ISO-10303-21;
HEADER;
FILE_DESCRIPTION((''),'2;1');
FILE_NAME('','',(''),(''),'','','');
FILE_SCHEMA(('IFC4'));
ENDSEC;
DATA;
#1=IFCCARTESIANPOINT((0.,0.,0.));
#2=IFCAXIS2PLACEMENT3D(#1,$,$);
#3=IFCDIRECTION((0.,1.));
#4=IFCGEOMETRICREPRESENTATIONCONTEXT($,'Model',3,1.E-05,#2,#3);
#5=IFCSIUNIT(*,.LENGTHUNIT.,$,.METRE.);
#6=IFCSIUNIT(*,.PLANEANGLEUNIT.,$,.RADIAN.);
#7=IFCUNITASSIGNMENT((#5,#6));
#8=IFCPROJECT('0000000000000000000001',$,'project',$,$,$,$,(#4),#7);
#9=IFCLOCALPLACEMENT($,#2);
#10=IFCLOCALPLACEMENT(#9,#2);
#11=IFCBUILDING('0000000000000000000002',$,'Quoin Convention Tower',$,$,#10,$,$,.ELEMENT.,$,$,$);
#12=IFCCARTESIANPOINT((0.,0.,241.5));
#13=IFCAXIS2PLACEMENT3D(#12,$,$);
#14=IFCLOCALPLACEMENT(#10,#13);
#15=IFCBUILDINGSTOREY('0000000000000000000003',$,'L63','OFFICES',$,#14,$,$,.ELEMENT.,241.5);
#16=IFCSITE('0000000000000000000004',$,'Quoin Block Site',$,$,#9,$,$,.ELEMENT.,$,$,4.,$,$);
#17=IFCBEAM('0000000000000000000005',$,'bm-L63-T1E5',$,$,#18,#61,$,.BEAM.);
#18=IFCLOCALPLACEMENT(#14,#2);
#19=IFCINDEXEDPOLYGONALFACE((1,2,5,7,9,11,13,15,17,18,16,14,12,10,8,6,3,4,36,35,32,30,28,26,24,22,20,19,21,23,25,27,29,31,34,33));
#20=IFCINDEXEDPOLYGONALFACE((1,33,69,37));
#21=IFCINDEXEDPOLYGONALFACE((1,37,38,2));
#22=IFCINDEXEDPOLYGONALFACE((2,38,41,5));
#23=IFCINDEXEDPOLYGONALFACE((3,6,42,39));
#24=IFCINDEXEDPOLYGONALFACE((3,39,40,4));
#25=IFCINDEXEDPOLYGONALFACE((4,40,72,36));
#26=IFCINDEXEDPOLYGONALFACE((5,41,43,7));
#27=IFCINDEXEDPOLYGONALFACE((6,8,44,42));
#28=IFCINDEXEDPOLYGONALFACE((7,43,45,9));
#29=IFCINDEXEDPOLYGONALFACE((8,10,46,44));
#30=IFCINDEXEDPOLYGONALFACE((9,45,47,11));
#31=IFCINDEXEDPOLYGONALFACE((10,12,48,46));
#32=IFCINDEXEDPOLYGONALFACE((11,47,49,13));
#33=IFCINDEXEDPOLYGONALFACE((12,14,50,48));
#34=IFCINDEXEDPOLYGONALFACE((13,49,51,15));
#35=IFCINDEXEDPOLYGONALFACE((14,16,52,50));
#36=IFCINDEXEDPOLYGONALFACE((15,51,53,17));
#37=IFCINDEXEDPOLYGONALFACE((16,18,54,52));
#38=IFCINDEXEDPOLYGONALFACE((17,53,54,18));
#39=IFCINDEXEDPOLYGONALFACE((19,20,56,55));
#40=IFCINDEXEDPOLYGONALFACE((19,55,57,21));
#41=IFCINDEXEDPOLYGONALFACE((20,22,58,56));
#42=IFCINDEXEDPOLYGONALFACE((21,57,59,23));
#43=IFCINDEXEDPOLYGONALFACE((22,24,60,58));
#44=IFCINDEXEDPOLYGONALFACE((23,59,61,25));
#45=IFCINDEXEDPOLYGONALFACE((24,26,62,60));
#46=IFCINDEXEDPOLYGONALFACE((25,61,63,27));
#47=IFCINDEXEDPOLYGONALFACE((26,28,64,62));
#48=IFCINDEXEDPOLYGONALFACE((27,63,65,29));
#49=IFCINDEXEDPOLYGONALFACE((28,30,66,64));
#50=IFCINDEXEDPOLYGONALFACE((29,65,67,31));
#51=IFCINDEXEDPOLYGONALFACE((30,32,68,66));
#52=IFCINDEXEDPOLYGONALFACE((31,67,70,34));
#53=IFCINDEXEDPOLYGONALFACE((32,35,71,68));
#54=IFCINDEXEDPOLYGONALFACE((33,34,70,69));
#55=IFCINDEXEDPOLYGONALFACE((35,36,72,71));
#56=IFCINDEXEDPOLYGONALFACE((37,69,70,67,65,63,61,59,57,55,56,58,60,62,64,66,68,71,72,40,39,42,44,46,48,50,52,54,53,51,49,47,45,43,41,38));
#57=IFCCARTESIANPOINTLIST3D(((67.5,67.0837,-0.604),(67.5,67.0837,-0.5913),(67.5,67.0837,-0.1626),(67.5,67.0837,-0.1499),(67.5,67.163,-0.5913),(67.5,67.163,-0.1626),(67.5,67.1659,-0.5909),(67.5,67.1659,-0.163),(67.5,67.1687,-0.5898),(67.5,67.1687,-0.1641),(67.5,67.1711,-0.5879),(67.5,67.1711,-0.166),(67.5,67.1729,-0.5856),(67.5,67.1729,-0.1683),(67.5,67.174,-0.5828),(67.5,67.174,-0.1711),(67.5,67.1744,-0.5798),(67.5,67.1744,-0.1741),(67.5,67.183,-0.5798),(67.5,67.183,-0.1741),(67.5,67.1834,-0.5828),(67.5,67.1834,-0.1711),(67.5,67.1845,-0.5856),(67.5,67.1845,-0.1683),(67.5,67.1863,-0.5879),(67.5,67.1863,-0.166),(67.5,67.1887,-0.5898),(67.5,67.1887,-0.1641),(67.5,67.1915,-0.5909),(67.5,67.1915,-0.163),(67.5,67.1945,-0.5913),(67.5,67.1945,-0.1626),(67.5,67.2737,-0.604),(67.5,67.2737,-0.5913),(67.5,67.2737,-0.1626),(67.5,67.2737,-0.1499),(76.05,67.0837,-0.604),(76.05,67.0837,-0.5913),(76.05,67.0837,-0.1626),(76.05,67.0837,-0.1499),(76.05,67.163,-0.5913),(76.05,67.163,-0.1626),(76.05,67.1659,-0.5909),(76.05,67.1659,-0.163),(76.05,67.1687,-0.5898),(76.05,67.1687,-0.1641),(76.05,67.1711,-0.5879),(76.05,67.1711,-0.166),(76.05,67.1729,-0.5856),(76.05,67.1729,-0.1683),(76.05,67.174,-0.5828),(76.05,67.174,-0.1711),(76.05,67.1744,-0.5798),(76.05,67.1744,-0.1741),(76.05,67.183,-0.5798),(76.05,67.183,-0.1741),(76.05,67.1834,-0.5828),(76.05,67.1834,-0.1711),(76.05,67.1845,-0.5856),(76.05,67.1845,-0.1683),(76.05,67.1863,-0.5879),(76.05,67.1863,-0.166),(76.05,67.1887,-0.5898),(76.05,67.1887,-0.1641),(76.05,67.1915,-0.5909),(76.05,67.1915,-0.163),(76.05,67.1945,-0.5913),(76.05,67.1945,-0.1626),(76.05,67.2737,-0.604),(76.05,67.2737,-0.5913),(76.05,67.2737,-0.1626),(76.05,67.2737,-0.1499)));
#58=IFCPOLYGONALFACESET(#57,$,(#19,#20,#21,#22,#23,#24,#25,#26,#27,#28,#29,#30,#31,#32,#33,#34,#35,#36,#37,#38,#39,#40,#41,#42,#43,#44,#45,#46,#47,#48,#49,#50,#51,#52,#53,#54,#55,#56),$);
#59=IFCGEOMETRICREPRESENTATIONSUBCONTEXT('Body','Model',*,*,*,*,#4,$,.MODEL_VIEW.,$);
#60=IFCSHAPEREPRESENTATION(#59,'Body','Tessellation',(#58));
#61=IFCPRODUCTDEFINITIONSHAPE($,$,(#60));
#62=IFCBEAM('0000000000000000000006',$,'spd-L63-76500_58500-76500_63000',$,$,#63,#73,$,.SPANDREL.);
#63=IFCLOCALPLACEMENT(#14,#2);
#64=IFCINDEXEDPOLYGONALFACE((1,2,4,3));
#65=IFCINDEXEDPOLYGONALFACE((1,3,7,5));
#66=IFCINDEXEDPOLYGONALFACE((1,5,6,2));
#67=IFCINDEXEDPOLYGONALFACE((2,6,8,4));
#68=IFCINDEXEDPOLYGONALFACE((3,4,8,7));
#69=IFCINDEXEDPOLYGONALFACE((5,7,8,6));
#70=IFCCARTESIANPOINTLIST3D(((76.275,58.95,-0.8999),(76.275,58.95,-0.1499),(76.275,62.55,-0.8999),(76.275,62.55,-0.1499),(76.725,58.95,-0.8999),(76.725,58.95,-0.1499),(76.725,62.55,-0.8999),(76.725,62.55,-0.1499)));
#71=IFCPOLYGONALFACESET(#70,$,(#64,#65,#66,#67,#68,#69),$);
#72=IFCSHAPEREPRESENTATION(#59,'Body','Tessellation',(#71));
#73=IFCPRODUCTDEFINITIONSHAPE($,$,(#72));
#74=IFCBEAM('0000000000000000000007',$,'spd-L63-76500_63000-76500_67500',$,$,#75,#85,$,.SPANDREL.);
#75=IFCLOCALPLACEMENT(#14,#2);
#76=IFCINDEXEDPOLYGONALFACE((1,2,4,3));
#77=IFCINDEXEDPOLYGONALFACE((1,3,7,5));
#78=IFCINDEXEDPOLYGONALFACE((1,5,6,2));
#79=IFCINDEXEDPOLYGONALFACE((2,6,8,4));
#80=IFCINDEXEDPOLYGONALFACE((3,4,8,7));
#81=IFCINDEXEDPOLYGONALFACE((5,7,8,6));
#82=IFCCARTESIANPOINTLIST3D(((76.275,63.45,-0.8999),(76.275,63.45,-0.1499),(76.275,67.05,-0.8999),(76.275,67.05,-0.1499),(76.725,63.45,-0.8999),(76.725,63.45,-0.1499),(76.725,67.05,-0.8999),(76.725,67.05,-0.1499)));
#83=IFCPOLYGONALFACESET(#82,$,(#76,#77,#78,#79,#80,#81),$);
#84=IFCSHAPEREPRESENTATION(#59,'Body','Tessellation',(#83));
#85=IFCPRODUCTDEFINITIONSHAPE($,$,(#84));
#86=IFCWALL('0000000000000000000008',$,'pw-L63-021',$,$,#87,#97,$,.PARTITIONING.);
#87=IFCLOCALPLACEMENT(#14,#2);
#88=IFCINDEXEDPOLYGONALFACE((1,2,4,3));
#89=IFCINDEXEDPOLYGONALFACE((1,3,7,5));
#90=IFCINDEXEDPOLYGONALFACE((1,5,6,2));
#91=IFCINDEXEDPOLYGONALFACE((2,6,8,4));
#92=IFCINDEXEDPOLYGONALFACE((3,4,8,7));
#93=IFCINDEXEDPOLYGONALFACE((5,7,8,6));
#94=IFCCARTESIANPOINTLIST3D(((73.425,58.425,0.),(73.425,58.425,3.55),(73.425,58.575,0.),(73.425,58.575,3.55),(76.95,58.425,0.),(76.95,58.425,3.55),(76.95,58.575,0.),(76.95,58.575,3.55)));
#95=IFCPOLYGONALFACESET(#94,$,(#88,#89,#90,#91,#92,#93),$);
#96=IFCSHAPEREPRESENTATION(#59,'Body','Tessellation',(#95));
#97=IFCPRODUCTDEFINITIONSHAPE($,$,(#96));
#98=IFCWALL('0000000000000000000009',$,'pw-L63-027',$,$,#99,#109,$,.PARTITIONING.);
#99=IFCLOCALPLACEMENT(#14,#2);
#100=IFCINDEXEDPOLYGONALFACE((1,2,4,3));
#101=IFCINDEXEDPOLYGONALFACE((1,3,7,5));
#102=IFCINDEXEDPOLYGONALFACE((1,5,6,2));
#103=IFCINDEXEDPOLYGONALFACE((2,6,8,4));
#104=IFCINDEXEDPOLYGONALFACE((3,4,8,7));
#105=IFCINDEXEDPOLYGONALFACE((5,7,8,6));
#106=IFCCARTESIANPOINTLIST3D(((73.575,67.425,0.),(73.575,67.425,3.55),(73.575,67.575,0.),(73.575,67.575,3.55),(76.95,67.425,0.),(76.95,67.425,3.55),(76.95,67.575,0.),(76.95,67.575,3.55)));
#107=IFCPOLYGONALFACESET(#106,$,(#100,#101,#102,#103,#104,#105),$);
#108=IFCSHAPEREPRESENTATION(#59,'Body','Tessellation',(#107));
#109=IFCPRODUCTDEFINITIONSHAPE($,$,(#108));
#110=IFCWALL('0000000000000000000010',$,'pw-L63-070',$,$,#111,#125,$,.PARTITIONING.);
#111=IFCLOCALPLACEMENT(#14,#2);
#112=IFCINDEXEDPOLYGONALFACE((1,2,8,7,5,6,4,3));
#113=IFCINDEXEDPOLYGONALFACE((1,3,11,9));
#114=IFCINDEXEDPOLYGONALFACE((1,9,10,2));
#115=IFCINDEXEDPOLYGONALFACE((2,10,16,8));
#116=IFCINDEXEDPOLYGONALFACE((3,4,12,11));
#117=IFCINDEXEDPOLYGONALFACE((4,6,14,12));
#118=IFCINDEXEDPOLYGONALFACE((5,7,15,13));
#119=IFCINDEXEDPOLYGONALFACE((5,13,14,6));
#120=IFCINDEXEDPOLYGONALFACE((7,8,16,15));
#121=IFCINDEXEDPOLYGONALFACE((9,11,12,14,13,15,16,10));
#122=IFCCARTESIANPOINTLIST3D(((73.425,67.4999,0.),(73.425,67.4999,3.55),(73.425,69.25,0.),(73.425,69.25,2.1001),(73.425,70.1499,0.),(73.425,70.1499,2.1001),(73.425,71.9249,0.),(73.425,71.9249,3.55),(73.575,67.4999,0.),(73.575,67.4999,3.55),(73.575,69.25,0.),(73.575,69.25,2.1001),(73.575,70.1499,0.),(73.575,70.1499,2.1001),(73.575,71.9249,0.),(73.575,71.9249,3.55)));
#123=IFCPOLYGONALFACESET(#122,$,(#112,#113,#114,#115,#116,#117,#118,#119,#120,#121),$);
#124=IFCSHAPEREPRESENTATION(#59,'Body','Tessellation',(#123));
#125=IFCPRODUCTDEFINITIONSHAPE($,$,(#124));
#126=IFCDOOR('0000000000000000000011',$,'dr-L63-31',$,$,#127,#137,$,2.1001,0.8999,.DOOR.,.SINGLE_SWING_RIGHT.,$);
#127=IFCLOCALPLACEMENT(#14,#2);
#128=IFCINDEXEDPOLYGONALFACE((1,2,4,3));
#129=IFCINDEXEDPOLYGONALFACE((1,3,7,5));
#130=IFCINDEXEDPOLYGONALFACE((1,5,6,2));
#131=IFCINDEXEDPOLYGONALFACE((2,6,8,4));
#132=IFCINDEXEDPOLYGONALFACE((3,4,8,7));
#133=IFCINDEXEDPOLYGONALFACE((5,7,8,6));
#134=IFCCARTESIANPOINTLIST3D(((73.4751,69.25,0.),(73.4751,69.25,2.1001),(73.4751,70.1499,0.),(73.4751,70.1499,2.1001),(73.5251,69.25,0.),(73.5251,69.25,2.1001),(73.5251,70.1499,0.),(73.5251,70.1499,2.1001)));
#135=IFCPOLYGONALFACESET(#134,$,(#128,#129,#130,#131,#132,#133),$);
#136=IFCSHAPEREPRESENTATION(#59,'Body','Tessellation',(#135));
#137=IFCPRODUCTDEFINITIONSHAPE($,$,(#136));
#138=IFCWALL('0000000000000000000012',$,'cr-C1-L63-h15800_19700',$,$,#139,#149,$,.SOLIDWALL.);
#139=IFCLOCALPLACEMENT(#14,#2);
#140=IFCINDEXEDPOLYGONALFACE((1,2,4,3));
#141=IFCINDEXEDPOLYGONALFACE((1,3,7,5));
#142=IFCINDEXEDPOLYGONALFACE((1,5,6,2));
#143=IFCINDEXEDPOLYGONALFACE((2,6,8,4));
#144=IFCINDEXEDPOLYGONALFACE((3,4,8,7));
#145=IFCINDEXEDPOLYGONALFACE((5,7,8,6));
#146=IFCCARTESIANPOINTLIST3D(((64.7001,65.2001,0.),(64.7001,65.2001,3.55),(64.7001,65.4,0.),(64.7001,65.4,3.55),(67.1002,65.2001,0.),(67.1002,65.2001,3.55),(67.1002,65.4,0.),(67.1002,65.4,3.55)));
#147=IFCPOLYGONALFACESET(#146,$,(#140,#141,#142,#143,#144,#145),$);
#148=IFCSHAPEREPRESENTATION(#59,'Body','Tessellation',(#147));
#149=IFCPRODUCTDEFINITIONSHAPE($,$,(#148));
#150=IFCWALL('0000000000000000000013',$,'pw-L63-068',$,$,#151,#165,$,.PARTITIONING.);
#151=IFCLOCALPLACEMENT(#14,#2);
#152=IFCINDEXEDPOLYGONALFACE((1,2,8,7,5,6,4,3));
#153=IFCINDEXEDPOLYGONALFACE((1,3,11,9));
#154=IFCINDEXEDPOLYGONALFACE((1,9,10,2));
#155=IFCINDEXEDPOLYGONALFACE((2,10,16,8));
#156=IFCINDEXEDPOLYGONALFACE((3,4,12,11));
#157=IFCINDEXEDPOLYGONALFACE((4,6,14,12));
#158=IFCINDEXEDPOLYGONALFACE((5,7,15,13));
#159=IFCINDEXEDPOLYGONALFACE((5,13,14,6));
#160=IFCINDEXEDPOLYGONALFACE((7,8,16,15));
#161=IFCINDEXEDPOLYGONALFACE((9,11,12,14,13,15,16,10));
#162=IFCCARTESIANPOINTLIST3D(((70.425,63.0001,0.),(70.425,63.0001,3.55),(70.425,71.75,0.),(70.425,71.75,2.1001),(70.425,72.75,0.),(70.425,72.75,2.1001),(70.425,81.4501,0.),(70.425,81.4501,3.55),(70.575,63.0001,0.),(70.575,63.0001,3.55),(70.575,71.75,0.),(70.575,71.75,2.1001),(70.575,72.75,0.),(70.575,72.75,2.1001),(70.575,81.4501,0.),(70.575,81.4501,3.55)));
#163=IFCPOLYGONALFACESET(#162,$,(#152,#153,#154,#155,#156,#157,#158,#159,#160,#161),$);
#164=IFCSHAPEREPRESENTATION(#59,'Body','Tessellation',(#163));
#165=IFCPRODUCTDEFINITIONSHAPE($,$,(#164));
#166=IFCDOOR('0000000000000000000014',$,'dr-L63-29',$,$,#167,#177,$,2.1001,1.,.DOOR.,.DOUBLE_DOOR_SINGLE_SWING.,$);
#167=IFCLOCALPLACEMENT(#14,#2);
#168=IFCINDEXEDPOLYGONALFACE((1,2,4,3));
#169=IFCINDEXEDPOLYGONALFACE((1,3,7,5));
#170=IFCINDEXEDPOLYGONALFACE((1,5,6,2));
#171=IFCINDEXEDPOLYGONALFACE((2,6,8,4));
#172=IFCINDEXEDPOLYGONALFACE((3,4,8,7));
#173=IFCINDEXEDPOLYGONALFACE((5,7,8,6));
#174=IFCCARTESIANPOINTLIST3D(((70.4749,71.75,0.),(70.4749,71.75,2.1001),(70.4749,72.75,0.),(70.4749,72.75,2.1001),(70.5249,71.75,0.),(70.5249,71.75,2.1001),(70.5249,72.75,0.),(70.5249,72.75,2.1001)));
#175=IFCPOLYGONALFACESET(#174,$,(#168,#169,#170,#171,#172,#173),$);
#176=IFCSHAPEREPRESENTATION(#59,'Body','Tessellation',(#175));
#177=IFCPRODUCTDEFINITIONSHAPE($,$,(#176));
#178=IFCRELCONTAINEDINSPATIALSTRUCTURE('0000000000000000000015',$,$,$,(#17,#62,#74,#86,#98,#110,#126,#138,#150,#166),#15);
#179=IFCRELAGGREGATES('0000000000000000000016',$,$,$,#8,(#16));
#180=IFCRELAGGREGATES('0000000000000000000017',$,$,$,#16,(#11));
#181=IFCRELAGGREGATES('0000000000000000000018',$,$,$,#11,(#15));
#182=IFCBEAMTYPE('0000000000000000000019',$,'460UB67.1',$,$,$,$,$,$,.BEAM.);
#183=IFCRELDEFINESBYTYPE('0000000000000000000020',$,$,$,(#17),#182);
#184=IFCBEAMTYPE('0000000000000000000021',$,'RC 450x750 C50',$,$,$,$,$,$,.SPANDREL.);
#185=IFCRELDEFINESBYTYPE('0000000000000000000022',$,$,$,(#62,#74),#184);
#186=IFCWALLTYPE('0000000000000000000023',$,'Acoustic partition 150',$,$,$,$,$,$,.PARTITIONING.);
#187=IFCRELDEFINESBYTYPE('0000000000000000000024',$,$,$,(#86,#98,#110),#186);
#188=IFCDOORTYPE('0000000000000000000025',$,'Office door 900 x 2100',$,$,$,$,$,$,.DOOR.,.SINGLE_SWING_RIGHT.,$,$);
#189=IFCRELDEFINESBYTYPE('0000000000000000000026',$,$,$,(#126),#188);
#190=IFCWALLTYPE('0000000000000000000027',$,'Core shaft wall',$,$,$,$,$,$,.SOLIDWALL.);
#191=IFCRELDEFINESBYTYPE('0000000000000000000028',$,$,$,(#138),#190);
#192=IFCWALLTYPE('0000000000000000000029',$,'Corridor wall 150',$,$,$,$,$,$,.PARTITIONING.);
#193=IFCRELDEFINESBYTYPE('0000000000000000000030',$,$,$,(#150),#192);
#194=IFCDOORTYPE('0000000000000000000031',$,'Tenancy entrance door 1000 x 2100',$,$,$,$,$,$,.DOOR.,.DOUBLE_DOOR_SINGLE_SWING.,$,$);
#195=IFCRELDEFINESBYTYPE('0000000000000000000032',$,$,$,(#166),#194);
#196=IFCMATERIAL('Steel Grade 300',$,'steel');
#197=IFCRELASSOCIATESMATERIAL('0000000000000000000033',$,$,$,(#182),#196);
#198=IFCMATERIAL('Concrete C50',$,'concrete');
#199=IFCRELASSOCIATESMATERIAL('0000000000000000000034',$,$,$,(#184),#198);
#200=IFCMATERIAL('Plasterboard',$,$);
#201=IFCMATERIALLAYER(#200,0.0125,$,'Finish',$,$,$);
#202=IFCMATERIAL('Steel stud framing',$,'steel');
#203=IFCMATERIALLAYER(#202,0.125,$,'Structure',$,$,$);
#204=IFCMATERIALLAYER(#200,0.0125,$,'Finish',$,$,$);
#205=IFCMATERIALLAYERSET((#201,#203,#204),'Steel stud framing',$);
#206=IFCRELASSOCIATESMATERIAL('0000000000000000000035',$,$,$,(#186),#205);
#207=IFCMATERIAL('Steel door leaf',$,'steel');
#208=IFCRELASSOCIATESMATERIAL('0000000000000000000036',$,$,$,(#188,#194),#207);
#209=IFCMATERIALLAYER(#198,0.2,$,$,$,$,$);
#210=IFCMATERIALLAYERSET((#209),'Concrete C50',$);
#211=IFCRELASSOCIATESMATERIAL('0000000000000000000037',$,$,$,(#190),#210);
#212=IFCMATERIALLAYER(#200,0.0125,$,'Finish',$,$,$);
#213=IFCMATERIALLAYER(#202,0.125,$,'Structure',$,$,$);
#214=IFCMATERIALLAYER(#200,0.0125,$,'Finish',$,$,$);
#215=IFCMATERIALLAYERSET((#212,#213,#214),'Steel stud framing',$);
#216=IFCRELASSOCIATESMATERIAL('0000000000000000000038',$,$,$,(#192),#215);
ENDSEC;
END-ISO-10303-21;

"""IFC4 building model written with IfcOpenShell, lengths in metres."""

from ifc_helpers import new_model, si_unit, direction, frame, frame_2d, origin, origin_2d, place, context, subcontext, project, spatial, rectangle, i_section, extrude, material, layer, layer_set, material_profile, profile_set, type_object, element, fill, save


model = new_model("IFC4")

# Units and contexts
model_context = context("Model", 3, precision=1e-05, world=origin(), true_north=direction((0.0, 1.0)))
body_context = subcontext(model_context, "Body", "Model", "MODEL_VIEW")
ifc_project = project(units=[si_unit("LENGTHUNIT", "METRE"), si_unit("PLANEANGLEUNIT", "RADIAN")], contexts=[model_context])

# Site, building, storey
site_placement = place(None, origin())
site = spatial("IfcSite", under=ifc_project, at=site_placement, Name="Quoin Block Site", CompositionType="ELEMENT", RefElevation=4.0)
building_placement = place(site_placement, origin())
building = spatial("IfcBuilding", under=site, at=building_placement, Name="Quoin Convention Tower", CompositionType="ELEMENT")
storey_placement = place(building_placement, frame((0.0, 0.0, 241.5)))
storey = spatial("IfcBuildingStorey", under=building, at=storey_placement, Name="L63", Description="OFFICES", CompositionType="ELEMENT", Elevation=241.5)

# Shared definitions
ifc_material_1 = material(Name="Concrete C50", Category="concrete")

# Beams
ifc_material_2 = material(Name="Steel Grade 300", Category="steel")
ifc_material_profile_1 = material_profile(ifc_material_2, i_section(OverallWidth=0.1899, OverallDepth=0.4541, WebThickness=0.0085, FlangeThickness=0.0127, FilletRadius=0.0115, at=origin_2d()), Name="460UB67.1")
ifc_profile_set_1 = profile_set([ifc_material_profile_1], Name="Steel Grade 300")
beam_type_1 = type_object("IfcBeamType", Name="460UB67.1", PredefinedType="BEAM", material=ifc_profile_set_1)
beam_placement = place(storey_placement, frame((67.5, 67.1787, -0.377), z_axis=(1.0, 0.0, 0.0), x_axis=(0.0, 1.0, 0.0)))
element("IfcBeam", 1, at=beam_placement, inside=storey, type_object=beam_type_1, Name="bm-L63-T1E5", PredefinedType="BEAM", context=body_context, shape_type="SweptSolid", body=[
    extrude(i_section(OverallWidth=0.1899, OverallDepth=0.4541, WebThickness=0.0085, FlangeThickness=0.0127, FilletRadius=0.0115, at=origin_2d()), origin(), (0.0, 0.0, 1.0), 8.55),
])
ifc_material_profile_2 = material_profile(ifc_material_1, rectangle(XDim=0.45, YDim=0.75, at=origin_2d()), Name="RC 450x750")
ifc_profile_set_2 = profile_set([ifc_material_profile_2], Name="Concrete C50")
beam_type_2 = type_object("IfcBeamType", Name="RC 450x750 C50", PredefinedType="SPANDREL", material=ifc_profile_set_2)
for number, where, z_axis, x_axis, name in (
    (2, (76.5, 58.95, -0.5249), (0.0, 1.0, 0.0), (-1.0, 0.0, 0.0), "spd-L63-76500_58500-76500_63000"),
    (3, (76.5, 63.45, -0.5249), (0.0, 1.0, 0.0), (-1.0, 0.0, 0.0), "spd-L63-76500_63000-76500_67500"),
):
    element("IfcBeam", number, at=place(storey_placement, frame(where, z_axis=z_axis, x_axis=x_axis)), inside=storey, type_object=beam_type_2, Name=name, PredefinedType="SPANDREL", context=body_context, shape_type="SweptSolid", body=[
        extrude(rectangle(XDim=0.45, YDim=0.75, at=origin_2d()), origin(), (0.0, 0.0, 1.0), 3.6001),
    ])

# Walls
ifc_material_3 = material(Name="Plasterboard")
ifc_layer_1 = layer(ifc_material_3, 0.0125, Name="Finish")
ifc_material_4 = material(Name="Steel stud framing", Category="steel")
ifc_layer_2 = layer(ifc_material_4, 0.125, Name="Structure")
ifc_layer_3 = layer(ifc_material_3, 0.0125, Name="Finish")
ifc_layer_set_1 = layer_set([ifc_layer_1, ifc_layer_2, ifc_layer_3], Name="Steel stud framing")
wall_type_1 = type_object("IfcWallType", Name="Acoustic partition 150", PredefinedType="PARTITIONING", material=ifc_layer_set_1)
wall_1_placement = place(storey_placement, frame((73.425, 58.5, 0.0), z_axis=(0.0, 0.0, 1.0), x_axis=(1.0, 0.0, 0.0)))
element("IfcWall", 4, at=wall_1_placement, inside=storey, type_object=wall_type_1, Name="pw-L63-021", PredefinedType="PARTITIONING", context=body_context, shape_type="SweptSolid", body=[
    extrude(rectangle(XDim=3.5249, YDim=0.1499, at=frame_2d((1.7625, 0.0))), origin(), (0.0, 0.0, 1.0), 3.55),
])
wall_2_placement = place(storey_placement, frame((73.575, 67.5, 0.0), z_axis=(0.0, 0.0, 1.0), x_axis=(1.0, 0.0, 0.0)))
element("IfcWall", 5, at=wall_2_placement, inside=storey, type_object=wall_type_1, Name="pw-L63-027", PredefinedType="PARTITIONING", context=body_context, shape_type="SweptSolid", body=[
    extrude(rectangle(XDim=3.375, YDim=0.1499, at=frame_2d((1.6875, 0.0))), origin(), (0.0, 0.0, 1.0), 3.55),
])

# Wall, opening, door
wall_3_placement = place(storey_placement, frame((73.5, 67.5, 0.0), z_axis=(0.0, 0.0, 1.0), x_axis=(0.0, 1.0, 0.0)))
wall_3 = element("IfcWall", 6, at=wall_3_placement, inside=storey, type_object=wall_type_1, Name="pw-L63-070", PredefinedType="PARTITIONING", context=body_context, shape_type="SweptSolid", body=[
    extrude(rectangle(XDim=4.425, YDim=0.1499, at=frame_2d((2.2124, 0.0))), origin(), (0.0, 0.0, 1.0), 3.55),
])
opening_1_placement = place(wall_3_placement, frame((1.75, 0.0, 0.0)))
opening_1 = element("IfcOpeningElement", 7, at=opening_1_placement, cuts=wall_3, PredefinedType="OPENING", context=body_context, shape_type="SweptSolid", body=[
    extrude(rectangle(XDim=0.8999, YDim=2.1001, at=frame_2d((0.45, 1.05))), frame((0.0, 0.085, 0.0), z_axis=(0.0, -1.0, 0.0), x_axis=(1.0, 0.0, 0.0)), (0.0, 0.0, 1.0), 0.1699),
])
ifc_material_5 = material(Name="Steel door leaf", Category="steel")
door_type_1 = type_object("IfcDoorType", Name="Office door 900 x 2100", OperationType="SINGLE_SWING_RIGHT", PredefinedType="DOOR", material=ifc_material_5)
door_1_placement = place(opening_1_placement, origin())
door_1 = element("IfcDoor", 8, at=door_1_placement, inside=storey, type_object=door_type_1, Name="dr-L63-31", OperationType="SINGLE_SWING_RIGHT", OverallHeight=2.1001, OverallWidth=0.8999, PredefinedType="DOOR", context=body_context, shape_type="SweptSolid", body=[
    extrude(rectangle(XDim=0.8999, YDim=2.1001, at=frame_2d((0.45, 1.05))), frame((0.0, 0.0249, 0.0), z_axis=(0.0, -1.0, 0.0), x_axis=(1.0, 0.0, 0.0)), (0.0, 0.0, 1.0), 0.05),
])
fill(opening_1, door_1)

# Wall
ifc_layer_4 = layer(ifc_material_1, 0.2)
ifc_layer_set_2 = layer_set([ifc_layer_4], Name="Concrete C50")
wall_type_2 = type_object("IfcWallType", Name="Core shaft wall", PredefinedType="SOLIDWALL", material=ifc_layer_set_2)
wall_4_placement = place(storey_placement, frame((64.7, 65.3, 0.0), z_axis=(0.0, 0.0, 1.0), x_axis=(1.0, 0.0, 0.0)))
element("IfcWall", 9, at=wall_4_placement, inside=storey, type_object=wall_type_2, Name="cr-C1-L63-h15800_19700", PredefinedType="SOLIDWALL", context=body_context, shape_type="SweptSolid", body=[
    extrude(rectangle(XDim=2.4001, YDim=0.2, at=frame_2d((1.2002, 0.0))), origin(), (0.0, 0.0, 1.0), 3.55),
])

# Wall, opening, door
ifc_layer_5 = layer(ifc_material_3, 0.0125, Name="Finish")
ifc_layer_6 = layer(ifc_material_4, 0.125, Name="Structure")
ifc_layer_7 = layer(ifc_material_3, 0.0125, Name="Finish")
ifc_layer_set_3 = layer_set([ifc_layer_5, ifc_layer_6, ifc_layer_7], Name="Steel stud framing")
wall_type_3 = type_object("IfcWallType", Name="Corridor wall 150", PredefinedType="PARTITIONING", material=ifc_layer_set_3)
wall_5_placement = place(storey_placement, frame((70.5, 63.0, 0.0), z_axis=(0.0, 0.0, 1.0), x_axis=(0.0, 1.0, 0.0)))
wall_5 = element("IfcWall", 10, at=wall_5_placement, inside=storey, type_object=wall_type_3, Name="pw-L63-068", PredefinedType="PARTITIONING", context=body_context, shape_type="SweptSolid", body=[
    extrude(rectangle(XDim=18.45, YDim=0.1499, at=frame_2d((9.2251, 0.0))), origin(), (0.0, 0.0, 1.0), 3.55),
])
opening_2_placement = place(wall_5_placement, frame((8.75, 0.0, 0.0)))
opening_2 = element("IfcOpeningElement", 11, at=opening_2_placement, cuts=wall_5, PredefinedType="OPENING", context=body_context, shape_type="SweptSolid", body=[
    extrude(rectangle(XDim=1.0, YDim=2.1001, at=frame_2d((0.5, 1.05))), frame((0.0, 0.085, 0.0), z_axis=(0.0, -1.0, 0.0), x_axis=(1.0, 0.0, 0.0)), (0.0, 0.0, 1.0), 0.1699),
])
door_type_2 = type_object("IfcDoorType", Name="Tenancy entrance door 1000 x 2100", OperationType="DOUBLE_DOOR_SINGLE_SWING", PredefinedType="DOOR", material=ifc_material_5)
door_2_placement = place(opening_2_placement, frame((1.0, 0.0, 0.0), z_axis=(0.0, 0.0, 1.0), x_axis=(-1.0, 0.0, 0.0)))
door_2 = element("IfcDoor", 12, at=door_2_placement, inside=storey, type_object=door_type_2, Name="dr-L63-29", OperationType="DOUBLE_DOOR_SINGLE_SWING", OverallHeight=2.1001, OverallWidth=1.0, PredefinedType="DOOR", context=body_context, shape_type="SweptSolid", body=[
    extrude(rectangle(XDim=1.0, YDim=2.1001, at=frame_2d((0.5, 1.05))), frame((0.0, 0.0249, 0.0), z_axis=(0.0, -1.0, 0.0), x_axis=(1.0, 0.0, 0.0)), (0.0, 0.0, 1.0), 0.05),
])
fill(opening_2, door_2)

save(model, "model.ifc")
